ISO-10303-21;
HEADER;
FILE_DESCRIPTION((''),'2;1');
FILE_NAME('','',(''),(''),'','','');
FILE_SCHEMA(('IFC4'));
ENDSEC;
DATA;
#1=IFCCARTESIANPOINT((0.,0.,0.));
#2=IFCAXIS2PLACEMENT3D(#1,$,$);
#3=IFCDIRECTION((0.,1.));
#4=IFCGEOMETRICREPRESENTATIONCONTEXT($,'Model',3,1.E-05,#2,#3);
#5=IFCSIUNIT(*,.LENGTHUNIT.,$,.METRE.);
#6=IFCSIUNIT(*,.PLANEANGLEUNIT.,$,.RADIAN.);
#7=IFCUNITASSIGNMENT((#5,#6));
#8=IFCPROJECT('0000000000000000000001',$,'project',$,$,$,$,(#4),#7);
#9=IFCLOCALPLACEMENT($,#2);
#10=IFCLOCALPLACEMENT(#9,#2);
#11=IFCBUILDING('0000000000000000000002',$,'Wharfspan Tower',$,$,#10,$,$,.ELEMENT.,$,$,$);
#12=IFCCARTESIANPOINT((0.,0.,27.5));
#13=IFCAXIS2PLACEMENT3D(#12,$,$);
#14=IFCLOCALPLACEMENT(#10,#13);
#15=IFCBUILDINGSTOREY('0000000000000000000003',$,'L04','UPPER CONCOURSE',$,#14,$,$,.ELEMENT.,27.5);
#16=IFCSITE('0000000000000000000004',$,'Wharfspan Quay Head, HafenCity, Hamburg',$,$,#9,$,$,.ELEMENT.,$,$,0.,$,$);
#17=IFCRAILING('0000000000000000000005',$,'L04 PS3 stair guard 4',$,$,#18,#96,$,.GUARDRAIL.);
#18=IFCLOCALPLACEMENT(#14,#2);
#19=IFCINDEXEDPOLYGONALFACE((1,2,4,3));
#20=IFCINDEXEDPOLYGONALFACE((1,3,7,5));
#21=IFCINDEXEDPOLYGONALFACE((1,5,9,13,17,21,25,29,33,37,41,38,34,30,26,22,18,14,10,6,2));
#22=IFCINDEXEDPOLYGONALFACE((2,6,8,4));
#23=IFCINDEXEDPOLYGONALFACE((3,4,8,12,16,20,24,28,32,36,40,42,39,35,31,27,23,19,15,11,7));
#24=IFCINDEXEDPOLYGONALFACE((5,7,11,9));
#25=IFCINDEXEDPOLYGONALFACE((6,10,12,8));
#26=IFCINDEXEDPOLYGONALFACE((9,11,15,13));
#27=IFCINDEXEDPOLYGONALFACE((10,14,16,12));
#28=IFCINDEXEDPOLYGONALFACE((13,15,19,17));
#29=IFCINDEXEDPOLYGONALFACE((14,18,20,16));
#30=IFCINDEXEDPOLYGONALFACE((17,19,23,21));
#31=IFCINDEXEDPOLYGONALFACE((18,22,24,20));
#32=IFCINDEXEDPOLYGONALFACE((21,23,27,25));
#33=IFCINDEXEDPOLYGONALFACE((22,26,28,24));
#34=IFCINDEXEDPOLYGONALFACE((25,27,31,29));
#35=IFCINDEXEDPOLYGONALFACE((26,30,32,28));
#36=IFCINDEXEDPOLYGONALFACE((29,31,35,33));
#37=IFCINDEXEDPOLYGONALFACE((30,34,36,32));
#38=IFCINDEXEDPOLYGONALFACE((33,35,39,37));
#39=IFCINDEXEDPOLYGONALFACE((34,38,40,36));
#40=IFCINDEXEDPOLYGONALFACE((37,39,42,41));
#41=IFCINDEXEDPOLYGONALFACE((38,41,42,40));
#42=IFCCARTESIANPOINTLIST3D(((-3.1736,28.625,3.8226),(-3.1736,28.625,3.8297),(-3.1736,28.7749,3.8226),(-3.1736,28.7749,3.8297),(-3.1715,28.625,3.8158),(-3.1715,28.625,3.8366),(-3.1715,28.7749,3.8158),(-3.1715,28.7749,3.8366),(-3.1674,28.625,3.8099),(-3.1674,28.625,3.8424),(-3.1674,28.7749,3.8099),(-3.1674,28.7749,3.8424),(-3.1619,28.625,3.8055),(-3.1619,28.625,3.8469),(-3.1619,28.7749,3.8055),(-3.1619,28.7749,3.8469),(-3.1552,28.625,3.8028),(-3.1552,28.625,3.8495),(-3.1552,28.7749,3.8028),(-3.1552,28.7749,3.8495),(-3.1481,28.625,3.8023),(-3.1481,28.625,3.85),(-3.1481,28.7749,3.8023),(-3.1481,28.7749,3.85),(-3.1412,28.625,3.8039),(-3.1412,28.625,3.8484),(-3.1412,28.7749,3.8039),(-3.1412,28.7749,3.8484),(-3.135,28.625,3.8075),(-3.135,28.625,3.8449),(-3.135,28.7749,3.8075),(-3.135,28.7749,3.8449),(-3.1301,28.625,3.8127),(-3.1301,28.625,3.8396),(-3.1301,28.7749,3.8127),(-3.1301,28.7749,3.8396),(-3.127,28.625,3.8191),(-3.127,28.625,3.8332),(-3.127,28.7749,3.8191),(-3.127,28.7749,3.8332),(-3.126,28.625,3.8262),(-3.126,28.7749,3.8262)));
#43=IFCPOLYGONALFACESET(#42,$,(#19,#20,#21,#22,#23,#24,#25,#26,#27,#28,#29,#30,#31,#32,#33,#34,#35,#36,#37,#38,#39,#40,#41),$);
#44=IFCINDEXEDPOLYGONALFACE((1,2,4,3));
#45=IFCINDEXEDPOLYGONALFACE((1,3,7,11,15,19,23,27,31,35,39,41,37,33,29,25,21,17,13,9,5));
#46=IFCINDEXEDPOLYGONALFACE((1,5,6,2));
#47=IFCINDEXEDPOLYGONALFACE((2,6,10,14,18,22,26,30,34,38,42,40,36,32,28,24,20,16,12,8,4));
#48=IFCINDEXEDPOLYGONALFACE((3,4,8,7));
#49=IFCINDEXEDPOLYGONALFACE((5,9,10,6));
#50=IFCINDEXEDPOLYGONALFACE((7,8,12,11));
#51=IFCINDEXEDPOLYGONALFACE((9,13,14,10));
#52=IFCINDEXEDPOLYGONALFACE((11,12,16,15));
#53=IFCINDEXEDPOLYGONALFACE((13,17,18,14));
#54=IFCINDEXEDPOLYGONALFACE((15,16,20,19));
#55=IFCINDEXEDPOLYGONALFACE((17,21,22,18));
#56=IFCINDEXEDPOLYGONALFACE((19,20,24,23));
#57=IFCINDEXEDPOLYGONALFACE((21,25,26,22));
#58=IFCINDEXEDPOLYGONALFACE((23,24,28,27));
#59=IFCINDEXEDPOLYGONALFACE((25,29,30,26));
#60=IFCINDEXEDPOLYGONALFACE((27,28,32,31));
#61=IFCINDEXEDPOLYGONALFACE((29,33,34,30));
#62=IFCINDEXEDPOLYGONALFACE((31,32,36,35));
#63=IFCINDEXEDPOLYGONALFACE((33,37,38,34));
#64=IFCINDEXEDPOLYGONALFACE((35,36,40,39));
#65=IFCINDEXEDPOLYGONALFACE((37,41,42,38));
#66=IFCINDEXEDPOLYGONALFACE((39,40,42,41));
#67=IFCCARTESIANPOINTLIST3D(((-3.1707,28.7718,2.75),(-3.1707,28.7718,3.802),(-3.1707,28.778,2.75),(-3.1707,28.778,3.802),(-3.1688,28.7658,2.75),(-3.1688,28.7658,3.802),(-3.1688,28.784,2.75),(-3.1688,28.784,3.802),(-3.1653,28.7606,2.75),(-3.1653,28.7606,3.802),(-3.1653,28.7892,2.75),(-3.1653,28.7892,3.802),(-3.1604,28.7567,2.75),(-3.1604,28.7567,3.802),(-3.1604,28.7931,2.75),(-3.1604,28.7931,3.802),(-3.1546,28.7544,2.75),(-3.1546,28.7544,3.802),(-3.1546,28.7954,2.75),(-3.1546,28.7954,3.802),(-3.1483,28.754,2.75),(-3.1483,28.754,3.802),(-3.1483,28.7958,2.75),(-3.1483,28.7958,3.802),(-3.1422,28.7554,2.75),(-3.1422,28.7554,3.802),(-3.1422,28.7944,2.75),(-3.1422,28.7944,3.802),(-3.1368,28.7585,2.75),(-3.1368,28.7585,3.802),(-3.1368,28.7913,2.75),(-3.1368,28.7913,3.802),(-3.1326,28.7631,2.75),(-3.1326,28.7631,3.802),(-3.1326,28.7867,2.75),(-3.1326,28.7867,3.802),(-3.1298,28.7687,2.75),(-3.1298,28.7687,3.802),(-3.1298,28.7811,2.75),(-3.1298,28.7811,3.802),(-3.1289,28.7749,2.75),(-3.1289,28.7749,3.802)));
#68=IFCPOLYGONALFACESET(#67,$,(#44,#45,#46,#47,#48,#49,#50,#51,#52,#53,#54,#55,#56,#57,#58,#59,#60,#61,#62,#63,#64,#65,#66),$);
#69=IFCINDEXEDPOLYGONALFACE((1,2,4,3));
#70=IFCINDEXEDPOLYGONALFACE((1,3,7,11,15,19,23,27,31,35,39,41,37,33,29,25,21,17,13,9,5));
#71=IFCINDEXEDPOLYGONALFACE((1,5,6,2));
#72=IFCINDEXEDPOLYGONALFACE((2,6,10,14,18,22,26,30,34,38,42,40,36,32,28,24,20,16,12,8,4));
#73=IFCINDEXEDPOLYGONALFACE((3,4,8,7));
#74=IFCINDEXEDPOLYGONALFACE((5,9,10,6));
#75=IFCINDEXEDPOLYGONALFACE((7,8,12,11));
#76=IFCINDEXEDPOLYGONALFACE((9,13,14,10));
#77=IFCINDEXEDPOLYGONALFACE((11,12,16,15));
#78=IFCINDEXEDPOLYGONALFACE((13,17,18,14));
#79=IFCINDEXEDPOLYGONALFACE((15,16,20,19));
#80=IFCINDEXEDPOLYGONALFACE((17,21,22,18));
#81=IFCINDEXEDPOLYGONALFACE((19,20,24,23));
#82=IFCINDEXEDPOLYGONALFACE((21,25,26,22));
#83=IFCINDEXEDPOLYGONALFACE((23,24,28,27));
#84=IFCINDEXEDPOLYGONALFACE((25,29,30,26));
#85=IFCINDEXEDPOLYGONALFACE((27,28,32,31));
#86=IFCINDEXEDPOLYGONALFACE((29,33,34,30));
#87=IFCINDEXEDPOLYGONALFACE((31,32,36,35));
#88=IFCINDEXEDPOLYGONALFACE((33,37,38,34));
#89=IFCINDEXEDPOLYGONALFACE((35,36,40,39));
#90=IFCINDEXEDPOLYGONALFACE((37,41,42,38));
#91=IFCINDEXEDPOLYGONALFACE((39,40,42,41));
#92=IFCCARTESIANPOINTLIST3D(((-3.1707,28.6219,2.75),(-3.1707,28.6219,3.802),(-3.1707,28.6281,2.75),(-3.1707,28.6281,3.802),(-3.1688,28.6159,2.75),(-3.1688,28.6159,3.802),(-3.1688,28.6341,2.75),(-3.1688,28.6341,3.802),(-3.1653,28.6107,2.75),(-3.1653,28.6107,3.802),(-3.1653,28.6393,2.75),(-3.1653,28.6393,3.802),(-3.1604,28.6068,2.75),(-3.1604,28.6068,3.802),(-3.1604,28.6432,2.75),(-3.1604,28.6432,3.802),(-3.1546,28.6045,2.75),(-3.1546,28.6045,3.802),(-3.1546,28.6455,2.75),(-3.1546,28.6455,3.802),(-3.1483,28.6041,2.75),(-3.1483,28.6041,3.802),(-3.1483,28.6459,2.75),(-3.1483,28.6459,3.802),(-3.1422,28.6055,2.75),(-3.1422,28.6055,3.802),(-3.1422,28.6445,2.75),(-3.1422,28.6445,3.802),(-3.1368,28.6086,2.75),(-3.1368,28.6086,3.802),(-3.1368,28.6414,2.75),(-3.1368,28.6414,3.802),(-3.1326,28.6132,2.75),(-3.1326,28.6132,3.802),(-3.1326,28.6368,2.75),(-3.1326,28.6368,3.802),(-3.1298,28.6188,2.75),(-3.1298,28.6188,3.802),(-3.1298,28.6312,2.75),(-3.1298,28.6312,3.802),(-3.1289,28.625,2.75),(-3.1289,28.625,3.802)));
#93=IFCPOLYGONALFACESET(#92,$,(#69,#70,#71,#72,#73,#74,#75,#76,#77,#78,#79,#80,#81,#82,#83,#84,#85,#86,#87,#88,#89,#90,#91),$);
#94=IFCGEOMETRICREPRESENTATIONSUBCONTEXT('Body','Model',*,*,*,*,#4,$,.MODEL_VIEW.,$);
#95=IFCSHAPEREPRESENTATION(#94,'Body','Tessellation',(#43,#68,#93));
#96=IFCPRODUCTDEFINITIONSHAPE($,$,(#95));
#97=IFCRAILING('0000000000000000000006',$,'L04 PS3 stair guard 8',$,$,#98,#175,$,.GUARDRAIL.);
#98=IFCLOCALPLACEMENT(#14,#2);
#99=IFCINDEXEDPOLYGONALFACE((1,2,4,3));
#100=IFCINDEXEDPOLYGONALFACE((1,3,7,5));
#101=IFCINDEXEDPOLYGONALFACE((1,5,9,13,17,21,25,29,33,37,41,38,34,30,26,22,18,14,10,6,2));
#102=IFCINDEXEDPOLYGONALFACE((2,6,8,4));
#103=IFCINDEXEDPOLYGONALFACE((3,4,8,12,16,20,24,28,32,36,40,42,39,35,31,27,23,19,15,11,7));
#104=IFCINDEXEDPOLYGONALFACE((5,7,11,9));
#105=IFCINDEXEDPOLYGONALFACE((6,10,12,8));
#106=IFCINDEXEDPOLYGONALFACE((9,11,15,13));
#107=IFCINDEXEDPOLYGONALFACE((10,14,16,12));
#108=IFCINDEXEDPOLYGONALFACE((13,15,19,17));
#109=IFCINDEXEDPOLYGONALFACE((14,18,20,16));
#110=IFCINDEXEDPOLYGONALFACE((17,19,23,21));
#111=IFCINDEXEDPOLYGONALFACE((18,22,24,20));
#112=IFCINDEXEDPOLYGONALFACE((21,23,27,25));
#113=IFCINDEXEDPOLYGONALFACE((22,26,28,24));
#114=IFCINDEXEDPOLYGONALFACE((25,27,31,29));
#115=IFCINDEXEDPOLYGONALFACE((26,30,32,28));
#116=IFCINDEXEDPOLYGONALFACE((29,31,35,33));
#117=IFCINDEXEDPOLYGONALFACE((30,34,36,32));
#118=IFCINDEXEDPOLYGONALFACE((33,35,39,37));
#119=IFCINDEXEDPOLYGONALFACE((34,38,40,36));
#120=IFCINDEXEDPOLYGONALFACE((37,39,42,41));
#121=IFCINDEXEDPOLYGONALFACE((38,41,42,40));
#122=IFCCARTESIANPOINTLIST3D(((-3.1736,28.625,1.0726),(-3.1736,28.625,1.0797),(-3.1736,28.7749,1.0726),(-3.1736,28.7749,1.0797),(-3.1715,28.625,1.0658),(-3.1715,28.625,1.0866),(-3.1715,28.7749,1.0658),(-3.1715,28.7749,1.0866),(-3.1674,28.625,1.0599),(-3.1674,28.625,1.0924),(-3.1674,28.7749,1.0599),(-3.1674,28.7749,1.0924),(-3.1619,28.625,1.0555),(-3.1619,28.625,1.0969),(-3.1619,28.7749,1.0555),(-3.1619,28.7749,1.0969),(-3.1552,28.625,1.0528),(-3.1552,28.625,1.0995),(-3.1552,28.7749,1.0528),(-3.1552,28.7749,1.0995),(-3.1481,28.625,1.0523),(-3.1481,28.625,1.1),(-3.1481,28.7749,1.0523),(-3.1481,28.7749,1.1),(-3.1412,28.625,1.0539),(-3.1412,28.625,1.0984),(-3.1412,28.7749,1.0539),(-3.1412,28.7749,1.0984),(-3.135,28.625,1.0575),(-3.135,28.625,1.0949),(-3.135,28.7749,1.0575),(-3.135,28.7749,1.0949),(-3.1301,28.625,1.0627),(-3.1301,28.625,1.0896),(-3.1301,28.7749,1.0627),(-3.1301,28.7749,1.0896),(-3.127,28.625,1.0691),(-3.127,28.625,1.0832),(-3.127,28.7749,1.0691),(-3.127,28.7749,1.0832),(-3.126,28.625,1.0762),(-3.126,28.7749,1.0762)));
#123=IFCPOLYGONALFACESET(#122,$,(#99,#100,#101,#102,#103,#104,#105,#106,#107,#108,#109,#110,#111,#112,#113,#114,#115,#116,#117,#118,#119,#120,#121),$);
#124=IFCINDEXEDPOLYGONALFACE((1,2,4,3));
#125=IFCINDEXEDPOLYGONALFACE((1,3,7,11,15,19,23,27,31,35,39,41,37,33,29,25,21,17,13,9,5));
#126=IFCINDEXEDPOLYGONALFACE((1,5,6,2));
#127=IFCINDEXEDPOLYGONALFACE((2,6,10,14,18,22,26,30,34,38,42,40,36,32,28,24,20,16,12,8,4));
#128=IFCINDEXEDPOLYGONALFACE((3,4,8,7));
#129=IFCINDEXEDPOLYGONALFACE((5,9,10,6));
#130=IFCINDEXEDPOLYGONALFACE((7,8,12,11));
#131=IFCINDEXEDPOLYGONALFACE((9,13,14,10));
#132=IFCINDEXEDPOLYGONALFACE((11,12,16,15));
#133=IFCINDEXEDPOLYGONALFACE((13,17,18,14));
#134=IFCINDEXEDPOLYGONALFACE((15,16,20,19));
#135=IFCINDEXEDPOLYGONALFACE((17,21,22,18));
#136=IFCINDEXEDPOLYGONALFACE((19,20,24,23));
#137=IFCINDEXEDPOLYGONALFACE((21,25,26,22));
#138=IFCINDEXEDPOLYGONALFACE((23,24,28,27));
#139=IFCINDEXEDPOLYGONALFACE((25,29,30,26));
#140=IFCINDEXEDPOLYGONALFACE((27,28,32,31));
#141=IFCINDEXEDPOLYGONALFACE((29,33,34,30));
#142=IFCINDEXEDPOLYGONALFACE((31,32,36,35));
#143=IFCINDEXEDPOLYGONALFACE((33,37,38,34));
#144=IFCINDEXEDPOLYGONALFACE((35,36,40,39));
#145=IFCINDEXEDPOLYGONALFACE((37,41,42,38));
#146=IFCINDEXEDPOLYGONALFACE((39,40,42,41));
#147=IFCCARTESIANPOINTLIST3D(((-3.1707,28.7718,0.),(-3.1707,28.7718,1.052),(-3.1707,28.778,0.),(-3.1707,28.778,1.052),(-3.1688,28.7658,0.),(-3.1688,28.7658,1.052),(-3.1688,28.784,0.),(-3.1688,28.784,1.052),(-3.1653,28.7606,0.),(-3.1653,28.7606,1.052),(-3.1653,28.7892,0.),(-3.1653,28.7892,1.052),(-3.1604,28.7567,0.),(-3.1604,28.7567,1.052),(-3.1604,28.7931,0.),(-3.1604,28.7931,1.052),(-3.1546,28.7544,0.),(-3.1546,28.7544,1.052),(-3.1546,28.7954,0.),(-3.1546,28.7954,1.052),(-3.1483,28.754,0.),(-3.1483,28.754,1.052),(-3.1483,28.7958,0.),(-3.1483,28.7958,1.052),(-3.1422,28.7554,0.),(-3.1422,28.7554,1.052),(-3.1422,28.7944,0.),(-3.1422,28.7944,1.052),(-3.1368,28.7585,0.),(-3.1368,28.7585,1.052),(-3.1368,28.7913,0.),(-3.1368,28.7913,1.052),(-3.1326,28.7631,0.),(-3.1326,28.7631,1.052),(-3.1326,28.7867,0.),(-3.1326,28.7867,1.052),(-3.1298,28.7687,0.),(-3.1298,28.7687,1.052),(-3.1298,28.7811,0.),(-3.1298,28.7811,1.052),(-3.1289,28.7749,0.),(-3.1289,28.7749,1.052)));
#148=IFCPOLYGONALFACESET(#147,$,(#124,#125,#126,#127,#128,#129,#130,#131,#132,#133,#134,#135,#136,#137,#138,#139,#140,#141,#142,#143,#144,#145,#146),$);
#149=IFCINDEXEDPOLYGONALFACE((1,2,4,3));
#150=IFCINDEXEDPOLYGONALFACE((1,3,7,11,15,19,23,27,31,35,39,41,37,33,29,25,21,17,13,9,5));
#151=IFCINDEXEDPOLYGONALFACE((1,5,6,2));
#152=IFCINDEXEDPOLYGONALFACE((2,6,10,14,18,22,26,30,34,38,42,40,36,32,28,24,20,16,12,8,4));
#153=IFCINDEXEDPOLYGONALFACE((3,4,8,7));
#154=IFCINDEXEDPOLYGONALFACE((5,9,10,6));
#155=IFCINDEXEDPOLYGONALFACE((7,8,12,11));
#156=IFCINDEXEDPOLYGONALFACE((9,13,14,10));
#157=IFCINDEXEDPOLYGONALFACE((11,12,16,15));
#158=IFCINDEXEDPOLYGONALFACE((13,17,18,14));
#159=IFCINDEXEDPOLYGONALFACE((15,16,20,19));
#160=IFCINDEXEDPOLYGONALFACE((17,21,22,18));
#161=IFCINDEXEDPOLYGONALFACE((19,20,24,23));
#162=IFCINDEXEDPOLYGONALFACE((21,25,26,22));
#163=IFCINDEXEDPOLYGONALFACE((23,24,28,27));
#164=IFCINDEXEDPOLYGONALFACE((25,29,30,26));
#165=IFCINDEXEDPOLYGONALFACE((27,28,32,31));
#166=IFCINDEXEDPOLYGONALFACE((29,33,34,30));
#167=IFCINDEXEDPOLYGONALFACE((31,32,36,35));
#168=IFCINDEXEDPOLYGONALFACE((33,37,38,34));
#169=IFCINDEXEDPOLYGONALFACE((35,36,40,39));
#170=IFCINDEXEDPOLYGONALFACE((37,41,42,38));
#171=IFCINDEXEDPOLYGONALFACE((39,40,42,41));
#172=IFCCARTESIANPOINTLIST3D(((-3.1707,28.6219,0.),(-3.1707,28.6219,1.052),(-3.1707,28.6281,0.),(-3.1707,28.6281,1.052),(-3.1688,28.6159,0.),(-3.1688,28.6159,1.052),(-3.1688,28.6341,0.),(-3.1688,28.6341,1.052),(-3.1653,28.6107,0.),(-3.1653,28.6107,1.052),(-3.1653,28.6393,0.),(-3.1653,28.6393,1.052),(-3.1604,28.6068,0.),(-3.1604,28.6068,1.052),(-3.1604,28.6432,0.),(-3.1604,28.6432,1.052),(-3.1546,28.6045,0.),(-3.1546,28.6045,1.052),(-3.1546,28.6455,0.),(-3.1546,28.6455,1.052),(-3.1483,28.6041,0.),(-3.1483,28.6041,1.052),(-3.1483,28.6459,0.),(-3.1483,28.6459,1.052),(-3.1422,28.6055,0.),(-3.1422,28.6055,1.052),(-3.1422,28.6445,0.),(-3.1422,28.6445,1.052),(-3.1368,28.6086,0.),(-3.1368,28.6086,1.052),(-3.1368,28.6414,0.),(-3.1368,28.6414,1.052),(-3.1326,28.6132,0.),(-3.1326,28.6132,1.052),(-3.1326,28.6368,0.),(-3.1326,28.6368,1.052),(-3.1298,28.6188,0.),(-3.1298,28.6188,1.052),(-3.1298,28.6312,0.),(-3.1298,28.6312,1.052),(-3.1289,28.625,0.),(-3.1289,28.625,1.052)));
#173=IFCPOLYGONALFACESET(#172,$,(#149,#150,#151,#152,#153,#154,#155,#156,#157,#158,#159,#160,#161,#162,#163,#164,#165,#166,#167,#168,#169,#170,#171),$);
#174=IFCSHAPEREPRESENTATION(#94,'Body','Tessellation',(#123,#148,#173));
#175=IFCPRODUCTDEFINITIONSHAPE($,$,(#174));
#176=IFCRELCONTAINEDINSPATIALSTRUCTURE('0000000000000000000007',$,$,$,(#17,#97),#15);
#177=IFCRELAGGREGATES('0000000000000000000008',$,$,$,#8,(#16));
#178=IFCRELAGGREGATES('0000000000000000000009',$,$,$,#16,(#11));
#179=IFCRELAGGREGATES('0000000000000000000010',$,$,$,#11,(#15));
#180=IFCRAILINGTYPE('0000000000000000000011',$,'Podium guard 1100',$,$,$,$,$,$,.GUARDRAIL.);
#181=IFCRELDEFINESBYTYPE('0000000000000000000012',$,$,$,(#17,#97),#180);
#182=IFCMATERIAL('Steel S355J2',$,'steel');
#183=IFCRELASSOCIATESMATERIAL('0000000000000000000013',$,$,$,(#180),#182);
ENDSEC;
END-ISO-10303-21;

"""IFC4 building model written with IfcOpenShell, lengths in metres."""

from ifc_helpers import new_model, si_unit, direction, frame, origin, origin_2d, place, context, subcontext, project, spatial, circle, extrude, material, type_object, element, save


model = new_model("IFC4")

# Units and contexts
model_context = context("Model", 3, precision=1e-05, world=origin(), true_north=direction((0.0, 1.0)))
body_context = subcontext(model_context, "Body", "Model", "MODEL_VIEW")
ifc_project = project(units=[si_unit("LENGTHUNIT", "METRE"), si_unit("PLANEANGLEUNIT", "RADIAN")], contexts=[model_context])

# Site, building, storey
site_placement = place(None, origin())
site = spatial("IfcSite", under=ifc_project, at=site_placement, Name="Wharfspan Quay Head, HafenCity, Hamburg", CompositionType="ELEMENT", RefElevation=0.0)
building_placement = place(site_placement, origin())
building = spatial("IfcBuilding", under=site, at=building_placement, Name="Wharfspan Tower", CompositionType="ELEMENT")
storey_placement = place(building_placement, frame((0.0, 0.0, 27.5)))
storey = spatial("IfcBuildingStorey", under=building, at=storey_placement, Name="L04", Description="UPPER CONCOURSE", CompositionType="ELEMENT", Elevation=27.5)

# Railings
ifc_material_1 = material(Name="Steel S355J2", Category="steel")
railing_type = type_object("IfcRailingType", Name="Podium guard 1100", PredefinedType="GUARDRAIL", material=ifc_material_1)
for number, where, name in (
    (1, (-3.1499, 28.7749, 2.75), "L04 PS3 stair guard 4"),
    (2, (-3.1499, 28.7749, 0.0), "L04 PS3 stair guard 8"),
):
    element("IfcRailing", number, at=place(storey_placement, frame(where)), inside=storey, type_object=railing_type, Name=name, PredefinedType="GUARDRAIL", context=body_context, shape_type="SweptSolid", body=[
        extrude(circle(Radius=0.0239, at=origin_2d()), frame((0.0, 0.0, 1.0762), z_axis=(0.0, -1.0, 0.0), x_axis=(1.0, 0.0, 0.0)), (0.0, 0.0, 1.0), 0.1499),
        extrude(circle(Radius=0.021, at=origin_2d()), origin(), (0.0, 0.0, 1.0), 1.052),
        extrude(circle(Radius=0.021, at=origin_2d()), frame((0.0, -0.1499, 0.0)), (0.0, 0.0, 1.0), 1.052),
    ])

save(model, "model.ifc")
